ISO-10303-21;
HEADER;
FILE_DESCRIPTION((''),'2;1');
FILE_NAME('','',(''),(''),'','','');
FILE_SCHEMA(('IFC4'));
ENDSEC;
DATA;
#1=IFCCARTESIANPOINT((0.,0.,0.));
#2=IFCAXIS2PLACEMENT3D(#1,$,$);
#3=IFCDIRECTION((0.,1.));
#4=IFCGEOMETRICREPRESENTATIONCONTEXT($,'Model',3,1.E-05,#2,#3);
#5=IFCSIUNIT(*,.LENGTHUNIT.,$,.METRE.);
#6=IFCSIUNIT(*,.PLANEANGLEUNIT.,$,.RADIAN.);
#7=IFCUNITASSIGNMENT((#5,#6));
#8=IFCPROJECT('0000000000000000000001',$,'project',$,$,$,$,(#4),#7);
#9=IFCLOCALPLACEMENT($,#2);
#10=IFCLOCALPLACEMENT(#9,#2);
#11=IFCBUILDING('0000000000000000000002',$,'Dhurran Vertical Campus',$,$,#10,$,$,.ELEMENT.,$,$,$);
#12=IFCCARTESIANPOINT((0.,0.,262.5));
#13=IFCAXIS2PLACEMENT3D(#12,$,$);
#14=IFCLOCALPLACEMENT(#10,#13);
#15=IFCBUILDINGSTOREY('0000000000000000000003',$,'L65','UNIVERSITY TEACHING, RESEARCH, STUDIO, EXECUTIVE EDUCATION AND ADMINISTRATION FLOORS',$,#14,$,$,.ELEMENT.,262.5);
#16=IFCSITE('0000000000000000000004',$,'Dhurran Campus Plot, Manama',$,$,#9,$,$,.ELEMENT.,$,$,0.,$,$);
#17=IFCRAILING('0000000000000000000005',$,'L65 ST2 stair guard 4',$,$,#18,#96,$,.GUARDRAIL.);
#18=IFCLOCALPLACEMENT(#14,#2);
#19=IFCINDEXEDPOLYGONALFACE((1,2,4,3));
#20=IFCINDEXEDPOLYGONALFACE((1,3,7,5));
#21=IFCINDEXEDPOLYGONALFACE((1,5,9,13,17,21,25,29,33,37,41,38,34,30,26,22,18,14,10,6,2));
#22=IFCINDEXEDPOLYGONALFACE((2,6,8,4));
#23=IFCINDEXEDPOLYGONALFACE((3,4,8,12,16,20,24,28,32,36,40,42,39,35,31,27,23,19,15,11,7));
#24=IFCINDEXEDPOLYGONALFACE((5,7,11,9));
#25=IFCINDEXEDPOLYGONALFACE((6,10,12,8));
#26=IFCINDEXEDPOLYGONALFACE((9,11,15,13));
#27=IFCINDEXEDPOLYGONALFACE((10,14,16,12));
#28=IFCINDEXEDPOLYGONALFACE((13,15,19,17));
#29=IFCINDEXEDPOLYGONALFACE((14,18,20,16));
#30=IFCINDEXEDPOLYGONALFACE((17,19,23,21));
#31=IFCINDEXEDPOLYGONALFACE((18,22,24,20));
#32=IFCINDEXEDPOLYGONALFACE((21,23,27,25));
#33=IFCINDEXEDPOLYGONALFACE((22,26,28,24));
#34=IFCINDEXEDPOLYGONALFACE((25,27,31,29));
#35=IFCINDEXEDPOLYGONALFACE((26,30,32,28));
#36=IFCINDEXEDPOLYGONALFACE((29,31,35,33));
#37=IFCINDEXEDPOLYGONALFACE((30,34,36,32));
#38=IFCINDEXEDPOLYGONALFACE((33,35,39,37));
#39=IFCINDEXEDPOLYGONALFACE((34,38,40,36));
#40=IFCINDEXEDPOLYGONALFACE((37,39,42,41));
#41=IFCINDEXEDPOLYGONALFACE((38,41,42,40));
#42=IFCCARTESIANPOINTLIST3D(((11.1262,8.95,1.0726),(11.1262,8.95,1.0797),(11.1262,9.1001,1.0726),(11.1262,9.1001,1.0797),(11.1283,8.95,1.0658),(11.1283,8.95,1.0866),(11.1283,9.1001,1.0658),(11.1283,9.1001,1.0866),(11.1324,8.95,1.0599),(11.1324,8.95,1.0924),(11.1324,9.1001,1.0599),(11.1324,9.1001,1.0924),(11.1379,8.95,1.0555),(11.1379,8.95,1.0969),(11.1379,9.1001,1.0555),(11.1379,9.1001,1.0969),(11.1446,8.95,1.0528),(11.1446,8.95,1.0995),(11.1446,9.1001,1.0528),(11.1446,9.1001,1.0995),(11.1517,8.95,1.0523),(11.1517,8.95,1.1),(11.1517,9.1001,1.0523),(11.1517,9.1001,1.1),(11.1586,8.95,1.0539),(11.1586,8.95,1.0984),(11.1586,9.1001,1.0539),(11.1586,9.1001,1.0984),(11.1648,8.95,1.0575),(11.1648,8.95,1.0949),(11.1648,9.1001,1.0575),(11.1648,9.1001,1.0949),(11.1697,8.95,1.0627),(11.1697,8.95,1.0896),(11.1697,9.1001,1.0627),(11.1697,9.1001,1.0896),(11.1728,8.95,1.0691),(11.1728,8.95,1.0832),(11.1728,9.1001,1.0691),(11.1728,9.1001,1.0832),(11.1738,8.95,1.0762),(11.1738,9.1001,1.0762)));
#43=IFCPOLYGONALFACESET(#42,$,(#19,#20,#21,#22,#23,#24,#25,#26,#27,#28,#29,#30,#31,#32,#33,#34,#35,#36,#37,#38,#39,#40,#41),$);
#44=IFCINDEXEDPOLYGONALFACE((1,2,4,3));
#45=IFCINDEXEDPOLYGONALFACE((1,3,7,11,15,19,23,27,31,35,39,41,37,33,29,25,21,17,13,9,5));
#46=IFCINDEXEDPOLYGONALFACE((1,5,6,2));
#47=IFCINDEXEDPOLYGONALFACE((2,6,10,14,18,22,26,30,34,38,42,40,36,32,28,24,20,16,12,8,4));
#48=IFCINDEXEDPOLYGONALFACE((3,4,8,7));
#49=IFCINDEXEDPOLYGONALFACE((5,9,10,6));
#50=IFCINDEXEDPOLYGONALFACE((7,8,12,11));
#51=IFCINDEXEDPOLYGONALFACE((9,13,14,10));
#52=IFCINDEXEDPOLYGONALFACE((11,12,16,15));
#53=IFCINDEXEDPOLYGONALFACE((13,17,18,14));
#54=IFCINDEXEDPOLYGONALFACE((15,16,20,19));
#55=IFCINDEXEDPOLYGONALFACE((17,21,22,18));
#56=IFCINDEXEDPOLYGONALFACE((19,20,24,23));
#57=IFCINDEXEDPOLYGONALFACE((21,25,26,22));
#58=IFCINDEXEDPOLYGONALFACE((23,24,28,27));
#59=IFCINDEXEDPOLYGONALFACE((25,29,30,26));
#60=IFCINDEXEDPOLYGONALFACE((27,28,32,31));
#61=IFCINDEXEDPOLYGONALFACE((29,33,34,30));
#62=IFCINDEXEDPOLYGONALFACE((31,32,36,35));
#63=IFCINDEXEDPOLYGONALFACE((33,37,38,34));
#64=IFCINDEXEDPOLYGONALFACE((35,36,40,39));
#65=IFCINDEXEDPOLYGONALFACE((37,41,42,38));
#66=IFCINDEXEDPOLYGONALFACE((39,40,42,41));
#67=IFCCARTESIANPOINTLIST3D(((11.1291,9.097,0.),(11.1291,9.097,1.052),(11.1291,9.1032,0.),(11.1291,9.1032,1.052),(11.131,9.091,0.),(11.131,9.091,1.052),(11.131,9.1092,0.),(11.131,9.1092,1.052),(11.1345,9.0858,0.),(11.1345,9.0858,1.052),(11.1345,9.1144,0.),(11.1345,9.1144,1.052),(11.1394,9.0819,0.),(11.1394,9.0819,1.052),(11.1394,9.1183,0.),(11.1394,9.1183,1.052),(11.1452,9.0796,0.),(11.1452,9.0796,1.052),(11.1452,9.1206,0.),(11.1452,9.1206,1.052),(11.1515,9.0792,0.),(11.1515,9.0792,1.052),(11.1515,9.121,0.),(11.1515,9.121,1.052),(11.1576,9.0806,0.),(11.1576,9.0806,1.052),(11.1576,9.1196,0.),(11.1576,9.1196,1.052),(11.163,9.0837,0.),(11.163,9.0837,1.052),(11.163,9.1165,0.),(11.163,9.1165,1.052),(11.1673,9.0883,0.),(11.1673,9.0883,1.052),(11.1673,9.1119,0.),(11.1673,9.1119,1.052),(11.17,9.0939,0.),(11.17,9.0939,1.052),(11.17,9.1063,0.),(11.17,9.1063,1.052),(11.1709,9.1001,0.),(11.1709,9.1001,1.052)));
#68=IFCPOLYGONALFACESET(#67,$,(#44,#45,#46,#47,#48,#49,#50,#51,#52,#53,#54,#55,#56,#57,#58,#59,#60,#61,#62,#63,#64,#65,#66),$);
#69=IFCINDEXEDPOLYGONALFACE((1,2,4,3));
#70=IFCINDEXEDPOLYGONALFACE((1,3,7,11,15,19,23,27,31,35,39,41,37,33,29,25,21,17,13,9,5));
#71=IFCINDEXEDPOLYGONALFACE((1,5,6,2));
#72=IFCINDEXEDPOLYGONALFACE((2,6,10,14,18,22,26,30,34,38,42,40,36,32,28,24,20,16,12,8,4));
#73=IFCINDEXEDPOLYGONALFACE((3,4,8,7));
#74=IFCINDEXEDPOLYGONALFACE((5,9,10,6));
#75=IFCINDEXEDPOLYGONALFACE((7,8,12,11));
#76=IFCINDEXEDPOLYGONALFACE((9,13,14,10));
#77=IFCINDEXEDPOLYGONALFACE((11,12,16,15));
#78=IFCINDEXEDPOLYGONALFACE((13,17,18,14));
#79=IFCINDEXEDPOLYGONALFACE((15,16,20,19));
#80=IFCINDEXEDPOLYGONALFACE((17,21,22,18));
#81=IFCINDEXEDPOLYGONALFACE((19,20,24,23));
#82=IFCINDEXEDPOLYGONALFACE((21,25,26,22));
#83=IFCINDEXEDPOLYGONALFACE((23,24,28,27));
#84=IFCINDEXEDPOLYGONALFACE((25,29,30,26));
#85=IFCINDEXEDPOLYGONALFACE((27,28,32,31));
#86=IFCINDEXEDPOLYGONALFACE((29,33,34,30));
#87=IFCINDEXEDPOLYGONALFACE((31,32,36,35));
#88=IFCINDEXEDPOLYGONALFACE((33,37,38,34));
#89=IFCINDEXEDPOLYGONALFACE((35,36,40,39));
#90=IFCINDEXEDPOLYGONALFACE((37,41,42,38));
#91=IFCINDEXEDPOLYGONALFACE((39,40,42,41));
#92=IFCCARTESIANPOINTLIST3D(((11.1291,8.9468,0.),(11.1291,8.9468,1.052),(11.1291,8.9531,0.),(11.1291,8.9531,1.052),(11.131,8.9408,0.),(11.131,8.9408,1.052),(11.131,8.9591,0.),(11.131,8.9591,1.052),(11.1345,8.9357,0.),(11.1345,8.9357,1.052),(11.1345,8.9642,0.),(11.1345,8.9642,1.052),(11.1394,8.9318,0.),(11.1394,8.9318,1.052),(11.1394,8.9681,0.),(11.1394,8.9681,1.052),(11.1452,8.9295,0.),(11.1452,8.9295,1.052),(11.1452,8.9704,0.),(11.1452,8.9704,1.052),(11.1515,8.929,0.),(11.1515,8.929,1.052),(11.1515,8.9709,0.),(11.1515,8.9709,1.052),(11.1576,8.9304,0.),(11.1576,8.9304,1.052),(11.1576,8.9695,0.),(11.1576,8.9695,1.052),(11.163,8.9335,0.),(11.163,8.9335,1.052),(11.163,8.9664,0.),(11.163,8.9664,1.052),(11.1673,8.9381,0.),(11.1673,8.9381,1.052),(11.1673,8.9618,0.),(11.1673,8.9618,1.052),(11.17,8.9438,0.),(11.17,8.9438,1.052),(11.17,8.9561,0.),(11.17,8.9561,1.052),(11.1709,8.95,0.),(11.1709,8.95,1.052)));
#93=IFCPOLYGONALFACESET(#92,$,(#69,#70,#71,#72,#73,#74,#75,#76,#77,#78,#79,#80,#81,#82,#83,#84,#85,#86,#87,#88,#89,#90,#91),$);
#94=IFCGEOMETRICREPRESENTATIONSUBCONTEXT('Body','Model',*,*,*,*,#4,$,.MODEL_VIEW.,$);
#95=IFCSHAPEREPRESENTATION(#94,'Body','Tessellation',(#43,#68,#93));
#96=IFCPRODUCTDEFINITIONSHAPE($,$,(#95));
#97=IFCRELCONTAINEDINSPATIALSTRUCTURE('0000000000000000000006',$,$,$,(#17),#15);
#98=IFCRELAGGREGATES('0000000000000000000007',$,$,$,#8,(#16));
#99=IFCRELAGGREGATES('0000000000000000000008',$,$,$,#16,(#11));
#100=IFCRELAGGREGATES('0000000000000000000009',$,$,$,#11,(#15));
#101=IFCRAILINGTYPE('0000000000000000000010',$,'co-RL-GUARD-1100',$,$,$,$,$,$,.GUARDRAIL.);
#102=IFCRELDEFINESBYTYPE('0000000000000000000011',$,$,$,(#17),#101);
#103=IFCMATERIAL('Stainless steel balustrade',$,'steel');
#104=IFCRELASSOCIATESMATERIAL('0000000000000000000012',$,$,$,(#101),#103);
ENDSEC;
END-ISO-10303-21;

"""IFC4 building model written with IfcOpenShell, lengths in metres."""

from ifc_helpers import new_model, si_unit, direction, frame, origin, origin_2d, place, context, subcontext, project, spatial, circle, extrude, material, type_object, element, save


model = new_model("IFC4")

# Units and contexts
model_context = context("Model", 3, precision=1e-05, world=origin(), true_north=direction((0.0, 1.0)))
body_context = subcontext(model_context, "Body", "Model", "MODEL_VIEW")
ifc_project = project(units=[si_unit("LENGTHUNIT", "METRE"), si_unit("PLANEANGLEUNIT", "RADIAN")], contexts=[model_context])

# Site, building, storey
site_placement = place(None, origin())
site = spatial("IfcSite", under=ifc_project, at=site_placement, Name="Dhurran Campus Plot, Manama", CompositionType="ELEMENT", RefElevation=0.0)
building_placement = place(site_placement, origin())
building = spatial("IfcBuilding", under=site, at=building_placement, Name="Dhurran Vertical Campus", CompositionType="ELEMENT")
storey_placement = place(building_placement, frame((0.0, 0.0, 262.5)))
storey = spatial("IfcBuildingStorey", under=building, at=storey_placement, Name="L65", Description="UNIVERSITY TEACHING, RESEARCH, STUDIO, EXECUTIVE EDUCATION AND ADMINISTRATION FLOORS", CompositionType="ELEMENT", Elevation=262.5)

# Railing
ifc_material_1 = material(Name="Stainless steel balustrade", Category="steel")
railing_type_1 = type_object("IfcRailingType", Name="co-RL-GUARD-1100", PredefinedType="GUARDRAIL", material=ifc_material_1)
railing_1_placement = place(storey_placement, frame((11.1499, 9.1001, 0.0)))
element("IfcRailing", 1, at=railing_1_placement, inside=storey, type_object=railing_type_1, Name="L65 ST2 stair guard 4", PredefinedType="GUARDRAIL", context=body_context, shape_type="SweptSolid", body=[
    extrude(circle(Radius=0.0239, at=origin_2d()), frame((0.0, 0.0, 1.0762), z_axis=(0.0, -1.0, 0.0), x_axis=(1.0, 0.0, 0.0)), (0.0, 0.0, 1.0), 0.1501),
    extrude(circle(Radius=0.021, at=origin_2d()), origin(), (0.0, 0.0, 1.0), 1.052),
    extrude(circle(Radius=0.021, at=origin_2d()), frame((0.0, -0.1501, 0.0)), (0.0, 0.0, 1.0), 1.052),
])

save(model, "model.ifc")
